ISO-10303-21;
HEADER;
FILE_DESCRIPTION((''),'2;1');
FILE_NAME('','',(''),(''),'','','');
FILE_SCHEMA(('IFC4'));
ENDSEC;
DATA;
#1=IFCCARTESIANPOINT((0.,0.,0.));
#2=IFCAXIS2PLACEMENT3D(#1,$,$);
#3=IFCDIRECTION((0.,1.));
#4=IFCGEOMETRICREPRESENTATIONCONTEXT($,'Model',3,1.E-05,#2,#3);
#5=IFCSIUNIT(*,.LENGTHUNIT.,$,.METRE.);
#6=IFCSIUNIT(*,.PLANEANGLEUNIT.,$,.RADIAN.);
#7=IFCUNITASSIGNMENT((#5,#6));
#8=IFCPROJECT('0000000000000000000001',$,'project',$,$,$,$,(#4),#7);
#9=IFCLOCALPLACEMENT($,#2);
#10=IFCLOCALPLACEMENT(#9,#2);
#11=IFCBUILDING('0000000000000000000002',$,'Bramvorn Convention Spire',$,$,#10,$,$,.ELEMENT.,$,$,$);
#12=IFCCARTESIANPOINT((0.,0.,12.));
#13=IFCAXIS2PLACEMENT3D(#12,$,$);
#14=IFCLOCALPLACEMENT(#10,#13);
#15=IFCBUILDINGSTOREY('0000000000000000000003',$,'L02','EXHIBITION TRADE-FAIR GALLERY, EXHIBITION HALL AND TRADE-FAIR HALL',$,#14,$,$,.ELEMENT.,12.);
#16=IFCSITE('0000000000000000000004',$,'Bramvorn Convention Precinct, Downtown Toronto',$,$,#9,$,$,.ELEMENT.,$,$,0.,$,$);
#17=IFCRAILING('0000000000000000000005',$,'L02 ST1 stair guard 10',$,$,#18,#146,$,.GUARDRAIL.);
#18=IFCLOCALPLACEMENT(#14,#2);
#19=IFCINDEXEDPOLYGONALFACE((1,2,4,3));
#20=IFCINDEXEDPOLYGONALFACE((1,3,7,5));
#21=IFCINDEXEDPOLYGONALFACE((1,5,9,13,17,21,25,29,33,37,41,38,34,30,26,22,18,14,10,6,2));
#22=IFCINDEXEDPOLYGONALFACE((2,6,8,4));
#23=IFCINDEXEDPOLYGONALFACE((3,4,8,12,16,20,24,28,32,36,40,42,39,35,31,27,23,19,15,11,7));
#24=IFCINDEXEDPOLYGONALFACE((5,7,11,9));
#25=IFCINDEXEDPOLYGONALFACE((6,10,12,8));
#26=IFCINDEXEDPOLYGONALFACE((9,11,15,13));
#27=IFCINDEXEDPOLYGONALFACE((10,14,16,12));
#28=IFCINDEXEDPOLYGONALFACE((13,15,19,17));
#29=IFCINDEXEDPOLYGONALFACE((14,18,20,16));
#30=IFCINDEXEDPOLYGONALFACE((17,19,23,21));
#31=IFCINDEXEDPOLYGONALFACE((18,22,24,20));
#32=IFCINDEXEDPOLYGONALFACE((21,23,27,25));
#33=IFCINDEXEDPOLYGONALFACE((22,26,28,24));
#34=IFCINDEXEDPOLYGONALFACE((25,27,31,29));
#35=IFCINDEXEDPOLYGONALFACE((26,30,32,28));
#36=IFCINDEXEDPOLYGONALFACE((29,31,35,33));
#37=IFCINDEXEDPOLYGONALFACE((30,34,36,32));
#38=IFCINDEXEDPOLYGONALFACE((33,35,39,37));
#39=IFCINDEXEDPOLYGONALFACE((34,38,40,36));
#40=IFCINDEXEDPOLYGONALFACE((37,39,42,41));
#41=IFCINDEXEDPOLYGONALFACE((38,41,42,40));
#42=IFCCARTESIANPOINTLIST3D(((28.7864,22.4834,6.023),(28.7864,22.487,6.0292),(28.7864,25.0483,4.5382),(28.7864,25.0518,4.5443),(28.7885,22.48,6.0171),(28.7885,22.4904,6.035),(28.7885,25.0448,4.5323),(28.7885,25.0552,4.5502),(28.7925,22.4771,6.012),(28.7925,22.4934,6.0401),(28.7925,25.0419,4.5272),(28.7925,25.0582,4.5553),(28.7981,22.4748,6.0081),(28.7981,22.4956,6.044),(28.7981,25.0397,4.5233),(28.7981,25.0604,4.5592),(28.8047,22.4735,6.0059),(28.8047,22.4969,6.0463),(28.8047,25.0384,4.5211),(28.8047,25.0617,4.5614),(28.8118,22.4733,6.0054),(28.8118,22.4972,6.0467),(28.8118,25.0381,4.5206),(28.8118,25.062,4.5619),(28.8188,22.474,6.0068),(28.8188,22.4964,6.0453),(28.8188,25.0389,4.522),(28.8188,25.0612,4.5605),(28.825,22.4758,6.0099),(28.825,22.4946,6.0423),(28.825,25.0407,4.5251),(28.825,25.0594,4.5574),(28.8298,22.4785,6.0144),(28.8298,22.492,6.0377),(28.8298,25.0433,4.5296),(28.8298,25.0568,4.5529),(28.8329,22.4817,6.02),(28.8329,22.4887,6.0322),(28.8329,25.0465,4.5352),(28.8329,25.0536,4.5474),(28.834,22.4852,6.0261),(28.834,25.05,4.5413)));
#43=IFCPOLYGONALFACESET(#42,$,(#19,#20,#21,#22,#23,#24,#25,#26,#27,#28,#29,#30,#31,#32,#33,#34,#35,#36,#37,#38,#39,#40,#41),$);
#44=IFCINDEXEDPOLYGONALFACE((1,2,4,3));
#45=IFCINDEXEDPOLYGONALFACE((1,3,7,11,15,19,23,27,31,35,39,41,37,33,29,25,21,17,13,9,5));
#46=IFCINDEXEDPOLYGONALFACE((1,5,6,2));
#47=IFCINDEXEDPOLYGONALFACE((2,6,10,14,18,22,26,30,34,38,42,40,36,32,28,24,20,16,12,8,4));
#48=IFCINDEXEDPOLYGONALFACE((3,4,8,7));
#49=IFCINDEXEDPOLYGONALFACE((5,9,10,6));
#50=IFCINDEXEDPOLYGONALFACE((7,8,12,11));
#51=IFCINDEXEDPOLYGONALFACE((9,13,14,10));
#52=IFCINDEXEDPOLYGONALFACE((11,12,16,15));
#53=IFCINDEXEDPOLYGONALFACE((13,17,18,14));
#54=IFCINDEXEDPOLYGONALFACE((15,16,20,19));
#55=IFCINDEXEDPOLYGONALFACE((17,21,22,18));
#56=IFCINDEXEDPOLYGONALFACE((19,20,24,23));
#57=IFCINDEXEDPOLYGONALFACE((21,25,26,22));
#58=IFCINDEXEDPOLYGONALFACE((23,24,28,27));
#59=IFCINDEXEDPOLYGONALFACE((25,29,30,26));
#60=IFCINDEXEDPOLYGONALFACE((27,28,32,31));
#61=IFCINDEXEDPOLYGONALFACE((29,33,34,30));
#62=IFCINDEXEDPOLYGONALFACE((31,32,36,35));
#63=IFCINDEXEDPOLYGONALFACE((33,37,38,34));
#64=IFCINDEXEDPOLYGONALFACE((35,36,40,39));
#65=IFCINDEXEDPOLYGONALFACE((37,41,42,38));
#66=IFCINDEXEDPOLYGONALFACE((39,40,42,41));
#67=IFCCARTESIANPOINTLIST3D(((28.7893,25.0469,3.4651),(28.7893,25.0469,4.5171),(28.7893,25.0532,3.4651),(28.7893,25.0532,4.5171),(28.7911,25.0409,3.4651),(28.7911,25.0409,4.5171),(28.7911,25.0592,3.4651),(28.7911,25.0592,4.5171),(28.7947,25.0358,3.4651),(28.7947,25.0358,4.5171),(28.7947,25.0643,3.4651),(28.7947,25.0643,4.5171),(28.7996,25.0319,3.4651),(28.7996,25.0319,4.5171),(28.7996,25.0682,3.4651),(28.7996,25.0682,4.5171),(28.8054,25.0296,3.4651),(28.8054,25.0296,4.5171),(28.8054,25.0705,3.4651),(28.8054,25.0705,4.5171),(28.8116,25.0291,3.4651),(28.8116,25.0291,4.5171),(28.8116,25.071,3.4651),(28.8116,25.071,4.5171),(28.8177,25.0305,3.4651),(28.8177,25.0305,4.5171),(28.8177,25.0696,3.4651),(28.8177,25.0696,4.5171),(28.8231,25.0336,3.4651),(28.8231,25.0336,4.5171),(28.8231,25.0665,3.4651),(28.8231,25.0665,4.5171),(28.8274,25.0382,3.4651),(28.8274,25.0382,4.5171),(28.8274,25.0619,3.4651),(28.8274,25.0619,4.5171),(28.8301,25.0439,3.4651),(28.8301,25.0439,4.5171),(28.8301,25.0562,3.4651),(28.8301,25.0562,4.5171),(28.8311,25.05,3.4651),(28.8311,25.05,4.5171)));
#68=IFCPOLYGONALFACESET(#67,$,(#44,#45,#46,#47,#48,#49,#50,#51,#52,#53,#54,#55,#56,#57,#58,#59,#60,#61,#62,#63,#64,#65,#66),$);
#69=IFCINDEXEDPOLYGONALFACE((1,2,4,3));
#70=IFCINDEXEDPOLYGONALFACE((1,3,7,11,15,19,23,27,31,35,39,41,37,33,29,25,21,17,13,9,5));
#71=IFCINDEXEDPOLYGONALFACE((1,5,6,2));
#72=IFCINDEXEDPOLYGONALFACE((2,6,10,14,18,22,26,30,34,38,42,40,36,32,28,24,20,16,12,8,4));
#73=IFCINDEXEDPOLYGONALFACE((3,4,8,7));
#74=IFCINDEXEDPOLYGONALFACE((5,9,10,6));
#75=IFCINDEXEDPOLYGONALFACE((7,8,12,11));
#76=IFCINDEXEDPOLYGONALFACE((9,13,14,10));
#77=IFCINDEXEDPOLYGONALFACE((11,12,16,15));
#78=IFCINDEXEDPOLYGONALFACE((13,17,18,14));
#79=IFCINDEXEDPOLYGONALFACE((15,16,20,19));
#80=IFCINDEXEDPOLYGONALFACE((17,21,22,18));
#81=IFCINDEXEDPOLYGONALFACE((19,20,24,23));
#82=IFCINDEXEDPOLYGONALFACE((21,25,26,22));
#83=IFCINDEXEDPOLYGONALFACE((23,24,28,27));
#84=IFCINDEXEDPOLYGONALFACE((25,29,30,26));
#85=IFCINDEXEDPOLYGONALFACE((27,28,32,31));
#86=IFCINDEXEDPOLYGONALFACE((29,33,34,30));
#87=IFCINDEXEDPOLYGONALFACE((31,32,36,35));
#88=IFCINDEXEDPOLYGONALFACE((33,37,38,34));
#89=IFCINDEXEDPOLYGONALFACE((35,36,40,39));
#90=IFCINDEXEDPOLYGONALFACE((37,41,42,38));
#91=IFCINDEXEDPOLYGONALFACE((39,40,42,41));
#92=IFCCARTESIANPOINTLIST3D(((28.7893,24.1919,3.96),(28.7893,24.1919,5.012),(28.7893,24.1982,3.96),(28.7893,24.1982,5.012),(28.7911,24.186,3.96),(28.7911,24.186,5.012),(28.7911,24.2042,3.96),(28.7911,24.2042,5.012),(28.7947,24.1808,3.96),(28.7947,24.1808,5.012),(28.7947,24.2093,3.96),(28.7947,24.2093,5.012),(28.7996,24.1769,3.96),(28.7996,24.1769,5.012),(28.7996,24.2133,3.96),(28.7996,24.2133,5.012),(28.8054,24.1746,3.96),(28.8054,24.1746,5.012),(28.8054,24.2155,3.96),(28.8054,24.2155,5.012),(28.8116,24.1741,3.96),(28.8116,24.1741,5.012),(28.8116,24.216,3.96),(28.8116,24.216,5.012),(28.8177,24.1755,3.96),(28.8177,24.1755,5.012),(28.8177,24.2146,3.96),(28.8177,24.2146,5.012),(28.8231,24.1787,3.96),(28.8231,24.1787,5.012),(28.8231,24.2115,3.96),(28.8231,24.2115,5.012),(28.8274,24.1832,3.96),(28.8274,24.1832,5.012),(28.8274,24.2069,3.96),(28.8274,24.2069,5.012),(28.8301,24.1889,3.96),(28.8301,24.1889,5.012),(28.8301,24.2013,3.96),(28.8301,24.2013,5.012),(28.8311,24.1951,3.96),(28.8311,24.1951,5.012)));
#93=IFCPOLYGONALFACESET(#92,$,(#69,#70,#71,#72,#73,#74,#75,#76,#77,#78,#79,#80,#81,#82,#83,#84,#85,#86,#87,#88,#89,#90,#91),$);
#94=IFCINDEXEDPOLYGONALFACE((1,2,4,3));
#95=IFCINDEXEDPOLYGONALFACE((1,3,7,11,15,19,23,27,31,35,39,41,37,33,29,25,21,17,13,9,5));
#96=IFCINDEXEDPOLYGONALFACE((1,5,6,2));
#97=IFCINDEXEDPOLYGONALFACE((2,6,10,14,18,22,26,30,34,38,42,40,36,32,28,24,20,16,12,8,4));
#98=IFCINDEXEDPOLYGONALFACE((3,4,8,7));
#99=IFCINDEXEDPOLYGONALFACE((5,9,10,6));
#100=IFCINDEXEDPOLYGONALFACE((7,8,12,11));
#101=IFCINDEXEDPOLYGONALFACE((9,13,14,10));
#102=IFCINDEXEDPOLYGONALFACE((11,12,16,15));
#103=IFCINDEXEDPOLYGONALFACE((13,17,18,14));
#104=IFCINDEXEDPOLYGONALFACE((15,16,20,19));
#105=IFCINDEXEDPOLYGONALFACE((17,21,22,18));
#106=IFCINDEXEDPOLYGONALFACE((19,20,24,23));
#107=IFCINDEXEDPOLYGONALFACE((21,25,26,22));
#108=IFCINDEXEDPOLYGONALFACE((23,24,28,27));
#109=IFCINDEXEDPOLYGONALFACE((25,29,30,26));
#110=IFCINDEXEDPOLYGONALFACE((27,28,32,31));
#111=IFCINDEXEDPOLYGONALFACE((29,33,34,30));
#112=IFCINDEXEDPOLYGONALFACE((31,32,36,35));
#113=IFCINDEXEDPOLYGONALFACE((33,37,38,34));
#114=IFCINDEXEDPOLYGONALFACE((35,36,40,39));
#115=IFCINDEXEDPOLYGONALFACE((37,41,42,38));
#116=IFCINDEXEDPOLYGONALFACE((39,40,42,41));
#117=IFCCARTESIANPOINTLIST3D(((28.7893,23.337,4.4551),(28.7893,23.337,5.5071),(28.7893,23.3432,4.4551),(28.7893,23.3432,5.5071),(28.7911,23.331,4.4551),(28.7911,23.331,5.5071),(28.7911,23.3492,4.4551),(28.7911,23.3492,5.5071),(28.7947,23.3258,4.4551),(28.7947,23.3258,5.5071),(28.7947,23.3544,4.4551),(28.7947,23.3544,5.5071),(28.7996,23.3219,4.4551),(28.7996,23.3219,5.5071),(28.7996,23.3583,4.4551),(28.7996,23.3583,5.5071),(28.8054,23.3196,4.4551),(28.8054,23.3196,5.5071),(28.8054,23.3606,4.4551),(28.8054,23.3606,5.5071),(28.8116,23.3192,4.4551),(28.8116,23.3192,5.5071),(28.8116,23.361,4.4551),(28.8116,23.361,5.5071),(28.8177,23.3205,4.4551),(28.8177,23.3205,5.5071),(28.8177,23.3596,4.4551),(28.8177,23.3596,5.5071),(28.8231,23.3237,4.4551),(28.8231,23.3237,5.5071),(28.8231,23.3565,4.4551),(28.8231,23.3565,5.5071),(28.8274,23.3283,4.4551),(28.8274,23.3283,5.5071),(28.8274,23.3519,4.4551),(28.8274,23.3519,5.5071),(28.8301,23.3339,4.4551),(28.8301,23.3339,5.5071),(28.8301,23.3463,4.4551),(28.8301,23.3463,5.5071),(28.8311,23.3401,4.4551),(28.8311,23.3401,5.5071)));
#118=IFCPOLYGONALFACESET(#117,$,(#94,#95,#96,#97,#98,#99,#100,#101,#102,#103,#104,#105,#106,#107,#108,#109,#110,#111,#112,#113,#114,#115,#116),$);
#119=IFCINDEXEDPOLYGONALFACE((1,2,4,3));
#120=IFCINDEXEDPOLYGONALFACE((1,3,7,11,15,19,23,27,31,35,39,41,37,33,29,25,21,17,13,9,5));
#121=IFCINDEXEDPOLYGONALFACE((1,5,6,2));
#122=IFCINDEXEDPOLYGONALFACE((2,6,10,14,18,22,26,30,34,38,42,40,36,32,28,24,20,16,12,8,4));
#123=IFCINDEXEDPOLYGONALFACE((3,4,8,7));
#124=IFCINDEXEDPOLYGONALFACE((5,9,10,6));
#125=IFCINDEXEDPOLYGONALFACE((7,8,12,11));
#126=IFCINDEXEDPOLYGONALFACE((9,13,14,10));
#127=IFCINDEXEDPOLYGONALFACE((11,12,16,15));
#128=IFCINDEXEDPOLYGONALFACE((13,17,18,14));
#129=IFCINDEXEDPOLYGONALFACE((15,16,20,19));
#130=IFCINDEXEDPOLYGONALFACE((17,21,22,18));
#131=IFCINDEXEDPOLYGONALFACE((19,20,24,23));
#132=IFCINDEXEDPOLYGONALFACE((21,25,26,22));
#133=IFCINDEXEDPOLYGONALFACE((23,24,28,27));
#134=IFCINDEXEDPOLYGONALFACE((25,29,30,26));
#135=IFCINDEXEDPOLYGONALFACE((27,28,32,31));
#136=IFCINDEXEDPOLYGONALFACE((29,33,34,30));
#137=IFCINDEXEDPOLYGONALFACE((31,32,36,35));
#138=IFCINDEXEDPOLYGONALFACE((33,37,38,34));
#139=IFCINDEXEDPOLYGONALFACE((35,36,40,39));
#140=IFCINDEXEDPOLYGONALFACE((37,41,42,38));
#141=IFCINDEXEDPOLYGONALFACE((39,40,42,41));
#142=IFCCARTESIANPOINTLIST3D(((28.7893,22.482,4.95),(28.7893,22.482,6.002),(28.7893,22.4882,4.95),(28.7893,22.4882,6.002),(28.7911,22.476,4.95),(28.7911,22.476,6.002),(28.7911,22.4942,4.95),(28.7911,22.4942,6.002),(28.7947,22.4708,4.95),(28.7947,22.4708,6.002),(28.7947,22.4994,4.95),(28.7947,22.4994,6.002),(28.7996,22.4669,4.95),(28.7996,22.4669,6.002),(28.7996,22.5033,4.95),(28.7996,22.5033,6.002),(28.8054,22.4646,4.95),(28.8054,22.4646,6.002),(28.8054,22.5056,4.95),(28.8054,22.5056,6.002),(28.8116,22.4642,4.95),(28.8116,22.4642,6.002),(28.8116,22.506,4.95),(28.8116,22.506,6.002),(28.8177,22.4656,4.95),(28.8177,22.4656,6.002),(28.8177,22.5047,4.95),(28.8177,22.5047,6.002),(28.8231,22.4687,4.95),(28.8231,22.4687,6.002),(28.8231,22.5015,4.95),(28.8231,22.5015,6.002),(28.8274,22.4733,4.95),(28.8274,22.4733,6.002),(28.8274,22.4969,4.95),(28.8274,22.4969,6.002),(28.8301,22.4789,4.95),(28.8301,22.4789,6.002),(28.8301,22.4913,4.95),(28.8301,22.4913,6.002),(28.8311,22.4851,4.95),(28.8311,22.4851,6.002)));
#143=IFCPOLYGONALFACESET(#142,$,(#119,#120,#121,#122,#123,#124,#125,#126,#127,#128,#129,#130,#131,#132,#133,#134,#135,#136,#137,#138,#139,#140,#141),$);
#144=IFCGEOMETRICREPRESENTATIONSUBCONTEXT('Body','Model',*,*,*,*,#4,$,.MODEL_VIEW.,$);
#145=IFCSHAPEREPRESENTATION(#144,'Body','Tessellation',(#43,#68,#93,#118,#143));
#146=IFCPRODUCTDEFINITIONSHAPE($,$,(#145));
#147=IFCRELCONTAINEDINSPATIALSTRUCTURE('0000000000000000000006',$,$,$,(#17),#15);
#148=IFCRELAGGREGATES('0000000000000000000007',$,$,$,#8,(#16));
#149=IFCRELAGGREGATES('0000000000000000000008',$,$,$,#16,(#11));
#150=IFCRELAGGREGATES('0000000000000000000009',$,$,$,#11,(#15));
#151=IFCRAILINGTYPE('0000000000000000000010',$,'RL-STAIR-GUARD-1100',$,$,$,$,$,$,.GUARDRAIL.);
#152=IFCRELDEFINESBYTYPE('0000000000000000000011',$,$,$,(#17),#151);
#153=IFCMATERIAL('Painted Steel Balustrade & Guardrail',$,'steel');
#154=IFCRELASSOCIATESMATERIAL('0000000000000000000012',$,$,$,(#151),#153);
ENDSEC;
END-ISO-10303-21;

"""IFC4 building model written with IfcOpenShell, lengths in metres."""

from ifc_helpers import new_model, si_unit, direction, frame, origin, origin_2d, place, context, subcontext, project, spatial, circle, extrude, material, type_object, element, save


model = new_model("IFC4")

# Units and contexts
model_context = context("Model", 3, precision=1e-05, world=origin(), true_north=direction((0.0, 1.0)))
body_context = subcontext(model_context, "Body", "Model", "MODEL_VIEW")
ifc_project = project(units=[si_unit("LENGTHUNIT", "METRE"), si_unit("PLANEANGLEUNIT", "RADIAN")], contexts=[model_context])

# Site, building, storey
site_placement = place(None, origin())
site = spatial("IfcSite", under=ifc_project, at=site_placement, Name="Bramvorn Convention Precinct, Downtown Toronto", CompositionType="ELEMENT", RefElevation=0.0)
building_placement = place(site_placement, origin())
building = spatial("IfcBuilding", under=site, at=building_placement, Name="Bramvorn Convention Spire", CompositionType="ELEMENT")
storey_placement = place(building_placement, frame((0.0, 0.0, 12.0)))
storey = spatial("IfcBuildingStorey", under=building, at=storey_placement, Name="L02", Description="EXHIBITION TRADE-FAIR GALLERY, EXHIBITION HALL AND TRADE-FAIR HALL", CompositionType="ELEMENT", Elevation=12.0)

# Railing
ifc_material_1 = material(Name="Painted Steel Balustrade & Guardrail", Category="steel")
railing_type_1 = type_object("IfcRailingType", Name="RL-STAIR-GUARD-1100", PredefinedType="GUARDRAIL", material=ifc_material_1)
railing_1_placement = place(storey_placement, frame((28.8101, 25.05, 3.4651)))
element("IfcRailing", 1, at=railing_1_placement, inside=storey, type_object=railing_type_1, Name="L02 ST1 stair guard 10", PredefinedType="GUARDRAIL", context=body_context, shape_type="SweptSolid", body=[
    extrude(circle(Radius=0.0239, at=origin_2d()), frame((0.0, 0.0, 1.0762), z_axis=(0.0, -0.865441, 0.50101), x_axis=(1.0, 0.0, 0.0)), (0.0, 0.0, 1.0), 2.9636),
    extrude(circle(Radius=0.021, at=origin_2d()), origin(), (0.0, 0.0, 1.0), 1.052),
    extrude(circle(Radius=0.021, at=origin_2d()), frame((0.0, -0.855, 0.4949)), (0.0, 0.0, 1.0), 1.052),
    extrude(circle(Radius=0.021, at=origin_2d()), frame((0.0, -1.71, 0.99)), (0.0, 0.0, 1.0), 1.052),
    extrude(circle(Radius=0.021, at=origin_2d()), frame((0.0, -2.5649, 1.4849)), (0.0, 0.0, 1.0), 1.052),
])

save(model, "model.ifc")
